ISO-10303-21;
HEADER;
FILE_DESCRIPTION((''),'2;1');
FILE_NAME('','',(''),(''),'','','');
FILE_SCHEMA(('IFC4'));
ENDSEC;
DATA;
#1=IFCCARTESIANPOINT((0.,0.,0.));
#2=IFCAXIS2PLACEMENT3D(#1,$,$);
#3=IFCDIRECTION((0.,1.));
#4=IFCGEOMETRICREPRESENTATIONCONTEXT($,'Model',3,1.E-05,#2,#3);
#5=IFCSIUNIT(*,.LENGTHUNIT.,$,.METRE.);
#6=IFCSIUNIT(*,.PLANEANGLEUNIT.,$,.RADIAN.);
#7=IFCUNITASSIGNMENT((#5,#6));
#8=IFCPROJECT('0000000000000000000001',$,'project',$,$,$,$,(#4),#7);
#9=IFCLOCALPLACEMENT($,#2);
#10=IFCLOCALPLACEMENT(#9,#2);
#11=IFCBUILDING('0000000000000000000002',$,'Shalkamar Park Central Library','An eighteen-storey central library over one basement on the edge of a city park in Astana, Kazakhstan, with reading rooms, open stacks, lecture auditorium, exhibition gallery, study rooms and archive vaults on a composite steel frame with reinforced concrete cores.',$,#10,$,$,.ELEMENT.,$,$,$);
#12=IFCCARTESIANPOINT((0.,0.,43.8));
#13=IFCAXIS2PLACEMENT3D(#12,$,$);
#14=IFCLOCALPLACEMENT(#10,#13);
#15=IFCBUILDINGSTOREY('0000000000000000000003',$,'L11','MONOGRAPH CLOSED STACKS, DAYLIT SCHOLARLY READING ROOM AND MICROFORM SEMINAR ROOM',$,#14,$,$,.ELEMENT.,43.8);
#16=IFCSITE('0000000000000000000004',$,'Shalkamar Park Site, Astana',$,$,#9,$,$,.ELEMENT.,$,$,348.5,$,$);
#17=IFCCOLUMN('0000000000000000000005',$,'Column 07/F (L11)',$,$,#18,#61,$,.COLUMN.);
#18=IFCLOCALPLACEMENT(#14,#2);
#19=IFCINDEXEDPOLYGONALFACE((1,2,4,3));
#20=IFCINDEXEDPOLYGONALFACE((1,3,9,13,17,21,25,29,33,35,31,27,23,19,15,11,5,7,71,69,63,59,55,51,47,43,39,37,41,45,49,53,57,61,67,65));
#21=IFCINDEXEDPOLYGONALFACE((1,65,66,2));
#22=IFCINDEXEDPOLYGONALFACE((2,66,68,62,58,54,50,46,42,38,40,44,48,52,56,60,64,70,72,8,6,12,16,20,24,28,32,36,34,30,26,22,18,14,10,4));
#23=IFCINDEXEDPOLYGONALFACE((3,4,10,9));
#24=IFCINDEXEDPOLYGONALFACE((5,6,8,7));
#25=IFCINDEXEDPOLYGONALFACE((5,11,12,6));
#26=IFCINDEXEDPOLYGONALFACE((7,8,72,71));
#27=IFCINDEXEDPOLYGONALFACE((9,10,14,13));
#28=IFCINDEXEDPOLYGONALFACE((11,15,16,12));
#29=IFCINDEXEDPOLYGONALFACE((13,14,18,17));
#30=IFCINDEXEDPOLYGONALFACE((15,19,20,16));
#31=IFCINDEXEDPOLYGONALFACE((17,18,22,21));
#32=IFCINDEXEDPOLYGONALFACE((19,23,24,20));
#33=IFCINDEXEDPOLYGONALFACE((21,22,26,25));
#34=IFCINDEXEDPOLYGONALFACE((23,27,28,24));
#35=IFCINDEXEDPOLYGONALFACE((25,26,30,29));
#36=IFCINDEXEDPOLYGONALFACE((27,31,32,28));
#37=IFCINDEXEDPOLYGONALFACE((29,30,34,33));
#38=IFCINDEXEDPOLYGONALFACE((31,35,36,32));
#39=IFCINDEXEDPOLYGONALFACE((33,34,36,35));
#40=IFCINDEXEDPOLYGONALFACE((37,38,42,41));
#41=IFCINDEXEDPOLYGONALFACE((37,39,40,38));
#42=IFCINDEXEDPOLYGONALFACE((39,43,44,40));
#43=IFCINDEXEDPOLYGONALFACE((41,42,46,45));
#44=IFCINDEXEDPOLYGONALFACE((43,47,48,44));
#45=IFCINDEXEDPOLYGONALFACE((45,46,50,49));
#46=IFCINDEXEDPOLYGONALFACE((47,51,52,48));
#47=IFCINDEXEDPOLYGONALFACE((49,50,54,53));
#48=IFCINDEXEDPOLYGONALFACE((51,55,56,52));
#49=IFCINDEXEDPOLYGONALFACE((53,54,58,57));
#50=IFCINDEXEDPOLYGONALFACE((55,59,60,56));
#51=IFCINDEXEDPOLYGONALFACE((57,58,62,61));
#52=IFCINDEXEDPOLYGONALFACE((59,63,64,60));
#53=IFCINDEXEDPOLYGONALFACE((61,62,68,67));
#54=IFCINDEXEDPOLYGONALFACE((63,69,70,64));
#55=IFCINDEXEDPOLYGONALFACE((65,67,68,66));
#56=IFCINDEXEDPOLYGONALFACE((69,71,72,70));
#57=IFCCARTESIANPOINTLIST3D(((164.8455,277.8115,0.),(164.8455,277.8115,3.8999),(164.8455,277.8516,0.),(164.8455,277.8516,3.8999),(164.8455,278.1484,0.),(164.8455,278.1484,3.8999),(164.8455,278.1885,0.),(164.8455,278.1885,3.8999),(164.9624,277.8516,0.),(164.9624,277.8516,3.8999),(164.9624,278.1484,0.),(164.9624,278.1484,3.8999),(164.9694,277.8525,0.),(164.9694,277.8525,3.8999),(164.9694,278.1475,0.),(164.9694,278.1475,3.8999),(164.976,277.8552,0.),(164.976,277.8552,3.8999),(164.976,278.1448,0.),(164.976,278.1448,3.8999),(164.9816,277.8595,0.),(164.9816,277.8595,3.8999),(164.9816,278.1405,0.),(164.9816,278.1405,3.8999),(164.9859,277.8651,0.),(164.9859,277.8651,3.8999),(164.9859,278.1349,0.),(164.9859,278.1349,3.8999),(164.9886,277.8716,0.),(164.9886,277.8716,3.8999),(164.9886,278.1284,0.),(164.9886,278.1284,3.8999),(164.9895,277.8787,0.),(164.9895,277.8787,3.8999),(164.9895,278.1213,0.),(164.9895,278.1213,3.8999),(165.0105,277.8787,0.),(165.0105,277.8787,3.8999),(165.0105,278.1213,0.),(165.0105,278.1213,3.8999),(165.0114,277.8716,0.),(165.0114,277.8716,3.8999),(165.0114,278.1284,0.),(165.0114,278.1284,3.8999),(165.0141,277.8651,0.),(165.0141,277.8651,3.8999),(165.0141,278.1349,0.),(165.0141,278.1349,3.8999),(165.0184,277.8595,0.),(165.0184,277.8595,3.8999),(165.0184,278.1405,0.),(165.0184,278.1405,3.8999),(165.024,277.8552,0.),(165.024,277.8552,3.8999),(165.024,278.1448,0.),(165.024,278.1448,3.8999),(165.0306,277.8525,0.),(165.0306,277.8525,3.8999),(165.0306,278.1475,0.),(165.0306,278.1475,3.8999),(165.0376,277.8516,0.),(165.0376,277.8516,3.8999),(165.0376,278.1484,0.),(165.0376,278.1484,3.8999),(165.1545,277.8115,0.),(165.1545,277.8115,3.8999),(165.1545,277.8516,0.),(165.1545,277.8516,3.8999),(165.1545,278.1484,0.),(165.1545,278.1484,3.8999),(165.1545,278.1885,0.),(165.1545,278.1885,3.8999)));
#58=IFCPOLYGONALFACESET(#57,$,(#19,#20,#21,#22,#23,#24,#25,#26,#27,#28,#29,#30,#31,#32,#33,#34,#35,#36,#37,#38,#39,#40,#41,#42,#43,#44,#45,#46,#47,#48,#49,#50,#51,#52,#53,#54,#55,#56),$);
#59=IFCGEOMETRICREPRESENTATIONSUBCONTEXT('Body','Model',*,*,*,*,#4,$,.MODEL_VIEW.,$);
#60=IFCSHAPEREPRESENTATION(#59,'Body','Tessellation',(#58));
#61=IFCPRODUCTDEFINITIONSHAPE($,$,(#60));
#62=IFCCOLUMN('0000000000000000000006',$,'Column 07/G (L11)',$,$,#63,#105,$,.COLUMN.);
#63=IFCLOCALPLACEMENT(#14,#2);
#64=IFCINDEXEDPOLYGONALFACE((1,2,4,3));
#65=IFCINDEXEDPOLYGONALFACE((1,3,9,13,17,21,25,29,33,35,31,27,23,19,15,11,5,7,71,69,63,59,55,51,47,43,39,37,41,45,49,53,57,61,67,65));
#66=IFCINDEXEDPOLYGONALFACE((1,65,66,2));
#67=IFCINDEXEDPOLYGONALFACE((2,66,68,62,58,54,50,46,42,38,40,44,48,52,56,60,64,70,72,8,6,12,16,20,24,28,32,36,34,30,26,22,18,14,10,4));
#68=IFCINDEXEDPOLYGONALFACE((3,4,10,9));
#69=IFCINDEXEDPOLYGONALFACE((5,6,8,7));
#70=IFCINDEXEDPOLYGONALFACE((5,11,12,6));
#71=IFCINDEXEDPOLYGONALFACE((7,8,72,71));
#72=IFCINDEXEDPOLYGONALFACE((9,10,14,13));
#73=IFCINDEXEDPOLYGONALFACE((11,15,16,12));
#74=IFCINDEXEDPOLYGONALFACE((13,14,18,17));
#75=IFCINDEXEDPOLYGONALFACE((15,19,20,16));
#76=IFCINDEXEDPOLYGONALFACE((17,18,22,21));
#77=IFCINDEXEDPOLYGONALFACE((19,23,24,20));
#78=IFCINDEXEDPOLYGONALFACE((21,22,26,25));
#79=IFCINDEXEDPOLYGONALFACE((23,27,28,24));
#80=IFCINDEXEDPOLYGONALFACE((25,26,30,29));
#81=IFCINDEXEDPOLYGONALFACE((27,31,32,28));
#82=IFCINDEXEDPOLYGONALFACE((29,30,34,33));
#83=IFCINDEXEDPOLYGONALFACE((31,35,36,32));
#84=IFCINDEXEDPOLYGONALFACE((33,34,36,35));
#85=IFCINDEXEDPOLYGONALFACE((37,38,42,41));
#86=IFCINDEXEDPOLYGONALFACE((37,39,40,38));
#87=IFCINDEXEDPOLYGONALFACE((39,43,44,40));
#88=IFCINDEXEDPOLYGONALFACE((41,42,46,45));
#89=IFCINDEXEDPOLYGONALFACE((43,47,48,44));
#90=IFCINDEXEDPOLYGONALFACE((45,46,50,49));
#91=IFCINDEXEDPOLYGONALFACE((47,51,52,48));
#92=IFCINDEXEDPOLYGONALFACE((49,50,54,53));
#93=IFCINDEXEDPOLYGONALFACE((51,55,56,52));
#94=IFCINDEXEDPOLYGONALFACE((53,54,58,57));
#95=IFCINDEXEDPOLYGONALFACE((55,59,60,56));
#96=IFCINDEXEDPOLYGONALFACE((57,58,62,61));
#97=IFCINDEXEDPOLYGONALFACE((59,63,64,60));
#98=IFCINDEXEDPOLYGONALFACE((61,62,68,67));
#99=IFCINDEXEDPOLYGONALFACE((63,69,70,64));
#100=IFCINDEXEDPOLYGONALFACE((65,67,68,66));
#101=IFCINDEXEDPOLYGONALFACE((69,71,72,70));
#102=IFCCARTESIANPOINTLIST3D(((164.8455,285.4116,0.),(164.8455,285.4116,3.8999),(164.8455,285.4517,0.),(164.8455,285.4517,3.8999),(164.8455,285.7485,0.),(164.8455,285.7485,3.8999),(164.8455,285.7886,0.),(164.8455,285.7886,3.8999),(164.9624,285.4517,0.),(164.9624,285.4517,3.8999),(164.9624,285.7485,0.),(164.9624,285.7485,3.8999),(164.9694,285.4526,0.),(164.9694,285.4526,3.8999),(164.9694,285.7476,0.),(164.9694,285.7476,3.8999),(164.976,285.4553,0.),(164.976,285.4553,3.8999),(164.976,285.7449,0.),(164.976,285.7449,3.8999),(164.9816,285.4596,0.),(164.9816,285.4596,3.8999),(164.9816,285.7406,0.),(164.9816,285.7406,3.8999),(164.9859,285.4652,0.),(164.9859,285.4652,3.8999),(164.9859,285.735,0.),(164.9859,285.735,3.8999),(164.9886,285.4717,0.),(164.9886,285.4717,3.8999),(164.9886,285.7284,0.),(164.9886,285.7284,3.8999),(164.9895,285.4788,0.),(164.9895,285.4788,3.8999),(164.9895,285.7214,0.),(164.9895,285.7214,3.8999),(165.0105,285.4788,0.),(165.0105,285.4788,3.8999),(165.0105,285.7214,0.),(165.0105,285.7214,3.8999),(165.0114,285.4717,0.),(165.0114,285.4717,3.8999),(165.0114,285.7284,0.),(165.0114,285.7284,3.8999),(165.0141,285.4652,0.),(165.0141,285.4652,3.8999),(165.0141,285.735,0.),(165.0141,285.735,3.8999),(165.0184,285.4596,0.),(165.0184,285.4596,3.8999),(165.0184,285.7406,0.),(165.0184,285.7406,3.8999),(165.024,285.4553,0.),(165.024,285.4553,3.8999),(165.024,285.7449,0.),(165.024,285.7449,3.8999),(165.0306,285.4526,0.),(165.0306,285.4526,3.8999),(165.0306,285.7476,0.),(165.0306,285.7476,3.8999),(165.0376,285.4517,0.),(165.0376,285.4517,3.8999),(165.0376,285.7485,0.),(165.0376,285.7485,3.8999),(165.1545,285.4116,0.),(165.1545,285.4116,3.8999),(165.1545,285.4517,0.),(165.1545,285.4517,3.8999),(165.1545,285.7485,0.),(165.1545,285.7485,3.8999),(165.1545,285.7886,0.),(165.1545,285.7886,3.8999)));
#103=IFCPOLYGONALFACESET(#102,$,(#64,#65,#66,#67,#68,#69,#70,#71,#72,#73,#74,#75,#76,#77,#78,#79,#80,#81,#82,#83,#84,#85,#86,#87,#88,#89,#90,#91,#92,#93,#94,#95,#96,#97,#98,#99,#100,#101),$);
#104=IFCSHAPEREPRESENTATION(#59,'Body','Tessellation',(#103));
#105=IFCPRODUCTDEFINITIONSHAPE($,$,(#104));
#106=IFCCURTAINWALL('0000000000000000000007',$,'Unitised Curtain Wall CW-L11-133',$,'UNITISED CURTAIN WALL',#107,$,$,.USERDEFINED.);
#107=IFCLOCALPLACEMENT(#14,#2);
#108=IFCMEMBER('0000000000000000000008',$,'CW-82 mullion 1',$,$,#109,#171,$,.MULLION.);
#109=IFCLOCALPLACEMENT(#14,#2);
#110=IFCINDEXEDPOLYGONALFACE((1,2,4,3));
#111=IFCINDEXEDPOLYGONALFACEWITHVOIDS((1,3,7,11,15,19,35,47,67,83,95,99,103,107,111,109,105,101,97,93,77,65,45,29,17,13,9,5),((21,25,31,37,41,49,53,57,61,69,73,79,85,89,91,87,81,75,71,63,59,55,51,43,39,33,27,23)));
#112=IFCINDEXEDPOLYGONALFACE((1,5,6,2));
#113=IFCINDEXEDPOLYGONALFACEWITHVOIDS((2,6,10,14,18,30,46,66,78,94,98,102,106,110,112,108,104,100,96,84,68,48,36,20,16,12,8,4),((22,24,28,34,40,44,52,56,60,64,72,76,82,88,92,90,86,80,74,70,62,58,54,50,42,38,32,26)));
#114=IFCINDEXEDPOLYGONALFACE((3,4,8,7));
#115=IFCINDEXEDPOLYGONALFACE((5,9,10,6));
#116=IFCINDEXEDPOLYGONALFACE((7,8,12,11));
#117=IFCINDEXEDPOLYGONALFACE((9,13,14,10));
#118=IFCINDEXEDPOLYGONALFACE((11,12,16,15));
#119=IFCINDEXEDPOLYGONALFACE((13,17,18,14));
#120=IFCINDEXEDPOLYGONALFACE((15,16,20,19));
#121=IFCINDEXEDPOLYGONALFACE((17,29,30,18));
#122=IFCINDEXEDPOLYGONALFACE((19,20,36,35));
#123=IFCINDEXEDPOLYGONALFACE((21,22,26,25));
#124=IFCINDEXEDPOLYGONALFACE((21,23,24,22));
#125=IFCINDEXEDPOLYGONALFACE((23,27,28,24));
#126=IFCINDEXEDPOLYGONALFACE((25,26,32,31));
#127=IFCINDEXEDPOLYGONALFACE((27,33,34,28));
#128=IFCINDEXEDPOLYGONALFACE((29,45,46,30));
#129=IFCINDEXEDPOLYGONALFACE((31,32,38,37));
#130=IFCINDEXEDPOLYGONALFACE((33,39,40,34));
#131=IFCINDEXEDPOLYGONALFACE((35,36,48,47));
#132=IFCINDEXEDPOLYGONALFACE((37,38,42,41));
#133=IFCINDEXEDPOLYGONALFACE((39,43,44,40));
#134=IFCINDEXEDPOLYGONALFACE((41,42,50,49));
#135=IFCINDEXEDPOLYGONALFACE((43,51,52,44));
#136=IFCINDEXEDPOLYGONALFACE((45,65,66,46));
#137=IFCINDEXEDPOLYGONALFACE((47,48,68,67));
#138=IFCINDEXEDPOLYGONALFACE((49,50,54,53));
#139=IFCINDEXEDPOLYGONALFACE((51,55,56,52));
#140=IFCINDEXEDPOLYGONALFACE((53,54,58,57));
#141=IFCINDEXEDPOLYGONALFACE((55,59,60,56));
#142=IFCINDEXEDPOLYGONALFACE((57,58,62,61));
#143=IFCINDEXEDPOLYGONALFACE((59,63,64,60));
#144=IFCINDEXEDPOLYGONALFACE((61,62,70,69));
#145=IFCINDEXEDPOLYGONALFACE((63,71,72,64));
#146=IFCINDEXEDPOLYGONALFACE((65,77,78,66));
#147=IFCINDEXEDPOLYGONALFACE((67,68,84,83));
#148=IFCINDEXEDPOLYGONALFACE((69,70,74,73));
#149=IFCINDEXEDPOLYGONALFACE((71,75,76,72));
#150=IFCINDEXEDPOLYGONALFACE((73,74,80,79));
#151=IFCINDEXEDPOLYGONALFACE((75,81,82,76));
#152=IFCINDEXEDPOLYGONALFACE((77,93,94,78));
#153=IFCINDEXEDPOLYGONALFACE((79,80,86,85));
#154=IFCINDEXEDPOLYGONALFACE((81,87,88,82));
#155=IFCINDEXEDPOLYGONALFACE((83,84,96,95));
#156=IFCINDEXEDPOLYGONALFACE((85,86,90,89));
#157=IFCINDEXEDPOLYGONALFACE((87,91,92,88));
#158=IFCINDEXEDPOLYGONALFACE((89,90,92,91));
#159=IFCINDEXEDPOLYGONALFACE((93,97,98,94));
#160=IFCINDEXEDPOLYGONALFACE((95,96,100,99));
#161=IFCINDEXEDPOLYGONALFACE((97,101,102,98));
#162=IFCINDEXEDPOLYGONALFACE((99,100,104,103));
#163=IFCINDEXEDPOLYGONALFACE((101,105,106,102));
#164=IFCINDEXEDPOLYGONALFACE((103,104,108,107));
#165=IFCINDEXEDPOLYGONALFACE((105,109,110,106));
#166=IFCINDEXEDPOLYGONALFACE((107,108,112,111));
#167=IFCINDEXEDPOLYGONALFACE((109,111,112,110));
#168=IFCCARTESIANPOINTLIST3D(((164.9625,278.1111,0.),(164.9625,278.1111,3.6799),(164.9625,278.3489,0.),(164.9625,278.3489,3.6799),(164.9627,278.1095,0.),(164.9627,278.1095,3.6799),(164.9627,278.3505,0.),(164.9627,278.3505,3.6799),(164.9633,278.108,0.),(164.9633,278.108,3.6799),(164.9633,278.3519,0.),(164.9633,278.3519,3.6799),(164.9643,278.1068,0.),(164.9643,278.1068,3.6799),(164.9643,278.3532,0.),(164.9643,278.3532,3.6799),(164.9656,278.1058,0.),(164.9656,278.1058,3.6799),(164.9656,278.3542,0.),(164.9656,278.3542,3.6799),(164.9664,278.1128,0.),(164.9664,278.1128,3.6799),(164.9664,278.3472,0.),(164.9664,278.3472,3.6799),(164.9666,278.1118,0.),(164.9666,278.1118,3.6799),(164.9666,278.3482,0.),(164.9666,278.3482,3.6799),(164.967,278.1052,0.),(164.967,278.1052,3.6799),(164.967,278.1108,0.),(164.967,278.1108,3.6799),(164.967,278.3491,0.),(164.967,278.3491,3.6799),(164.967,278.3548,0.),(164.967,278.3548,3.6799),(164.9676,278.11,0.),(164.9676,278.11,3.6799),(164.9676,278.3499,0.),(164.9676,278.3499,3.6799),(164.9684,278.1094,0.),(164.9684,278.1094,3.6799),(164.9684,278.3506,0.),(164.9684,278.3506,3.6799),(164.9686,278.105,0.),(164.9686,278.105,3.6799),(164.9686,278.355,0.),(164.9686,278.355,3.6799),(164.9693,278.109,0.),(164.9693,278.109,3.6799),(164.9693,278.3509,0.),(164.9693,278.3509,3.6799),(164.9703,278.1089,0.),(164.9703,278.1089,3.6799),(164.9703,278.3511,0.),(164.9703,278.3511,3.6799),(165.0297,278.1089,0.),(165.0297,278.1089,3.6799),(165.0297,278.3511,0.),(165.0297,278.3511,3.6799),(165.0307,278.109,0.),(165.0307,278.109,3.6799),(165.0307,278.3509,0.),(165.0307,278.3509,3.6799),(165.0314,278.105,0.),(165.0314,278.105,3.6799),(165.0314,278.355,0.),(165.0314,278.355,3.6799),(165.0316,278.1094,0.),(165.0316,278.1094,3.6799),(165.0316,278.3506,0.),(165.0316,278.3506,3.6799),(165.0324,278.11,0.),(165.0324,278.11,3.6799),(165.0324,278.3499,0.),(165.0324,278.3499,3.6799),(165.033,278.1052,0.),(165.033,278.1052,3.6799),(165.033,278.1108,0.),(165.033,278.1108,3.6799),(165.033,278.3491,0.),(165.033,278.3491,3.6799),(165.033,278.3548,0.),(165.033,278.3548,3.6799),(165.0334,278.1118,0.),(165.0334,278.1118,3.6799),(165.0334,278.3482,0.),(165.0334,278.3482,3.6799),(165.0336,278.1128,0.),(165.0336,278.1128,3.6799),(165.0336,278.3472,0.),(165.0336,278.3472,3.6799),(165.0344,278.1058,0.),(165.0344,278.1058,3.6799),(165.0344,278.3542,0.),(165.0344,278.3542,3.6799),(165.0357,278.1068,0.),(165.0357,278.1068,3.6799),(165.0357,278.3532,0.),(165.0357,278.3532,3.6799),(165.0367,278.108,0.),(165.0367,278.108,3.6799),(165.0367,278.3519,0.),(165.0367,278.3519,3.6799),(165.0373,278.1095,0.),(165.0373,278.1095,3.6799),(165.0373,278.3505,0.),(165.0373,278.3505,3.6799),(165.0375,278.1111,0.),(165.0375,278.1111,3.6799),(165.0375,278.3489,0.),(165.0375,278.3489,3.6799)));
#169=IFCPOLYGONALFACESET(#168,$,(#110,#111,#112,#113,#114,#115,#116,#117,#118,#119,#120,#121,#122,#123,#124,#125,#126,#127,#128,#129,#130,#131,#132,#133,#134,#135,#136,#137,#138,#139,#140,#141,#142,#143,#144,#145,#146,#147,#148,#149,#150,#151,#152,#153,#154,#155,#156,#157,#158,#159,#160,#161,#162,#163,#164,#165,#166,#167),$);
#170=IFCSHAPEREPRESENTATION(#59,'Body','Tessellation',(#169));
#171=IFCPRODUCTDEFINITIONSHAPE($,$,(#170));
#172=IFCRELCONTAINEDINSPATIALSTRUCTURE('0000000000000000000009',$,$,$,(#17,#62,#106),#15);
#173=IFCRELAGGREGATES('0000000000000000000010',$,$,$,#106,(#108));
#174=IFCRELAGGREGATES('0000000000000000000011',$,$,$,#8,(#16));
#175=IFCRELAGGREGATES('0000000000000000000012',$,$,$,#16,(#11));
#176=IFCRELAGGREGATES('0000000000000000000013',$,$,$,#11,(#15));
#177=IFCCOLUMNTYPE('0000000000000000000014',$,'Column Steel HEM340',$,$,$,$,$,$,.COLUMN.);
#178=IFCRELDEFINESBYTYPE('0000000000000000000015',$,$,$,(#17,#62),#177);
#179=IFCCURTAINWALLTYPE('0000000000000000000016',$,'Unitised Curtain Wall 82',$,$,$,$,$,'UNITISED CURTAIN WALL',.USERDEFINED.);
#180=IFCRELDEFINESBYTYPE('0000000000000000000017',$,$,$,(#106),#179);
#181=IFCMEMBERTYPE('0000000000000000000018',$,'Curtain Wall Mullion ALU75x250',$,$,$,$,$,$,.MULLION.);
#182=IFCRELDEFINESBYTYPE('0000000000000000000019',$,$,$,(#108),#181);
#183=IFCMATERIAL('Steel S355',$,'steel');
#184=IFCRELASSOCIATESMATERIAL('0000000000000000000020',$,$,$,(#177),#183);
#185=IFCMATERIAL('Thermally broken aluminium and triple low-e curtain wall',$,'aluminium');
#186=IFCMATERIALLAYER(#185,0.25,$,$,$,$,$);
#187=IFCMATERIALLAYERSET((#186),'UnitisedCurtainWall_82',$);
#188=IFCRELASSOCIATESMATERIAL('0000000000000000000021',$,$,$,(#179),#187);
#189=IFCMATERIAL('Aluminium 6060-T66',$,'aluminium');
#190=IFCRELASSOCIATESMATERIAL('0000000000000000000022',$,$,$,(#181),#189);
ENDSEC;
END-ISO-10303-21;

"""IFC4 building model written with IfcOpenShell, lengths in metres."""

from ifc_helpers import new_model, si_unit, direction, frame, origin, origin_2d, place, context, subcontext, project, spatial, hollow_rectangle, i_section, extrude, material, layer, layer_set, material_profile, profile_set, type_object, element, aggregate, save


model = new_model("IFC4")

# Units and contexts
model_context = context("Model", 3, precision=1e-05, world=origin(), true_north=direction((0.0, 1.0)))
body_context = subcontext(model_context, "Body", "Model", "MODEL_VIEW")
ifc_project = project(units=[si_unit("LENGTHUNIT", "METRE"), si_unit("PLANEANGLEUNIT", "RADIAN")], contexts=[model_context])

# Site, building, storey
site_placement = place(None, origin())
site = spatial("IfcSite", under=ifc_project, at=site_placement, Name="Shalkamar Park Site, Astana", CompositionType="ELEMENT", RefElevation=348.5)
building_placement = place(site_placement, origin())
building = spatial("IfcBuilding", under=site, at=building_placement, Name="Shalkamar Park Central Library", Description="An eighteen-storey central library over one basement on the edge of a city park in Astana, Kazakhstan, with reading rooms, open stacks, lecture auditorium, exhibition gallery, study rooms and archive vaults on a composite steel frame with reinforced concrete cores.", CompositionType="ELEMENT")
storey_placement = place(building_placement, frame((0.0, 0.0, 43.8)))
storey = spatial("IfcBuildingStorey", under=building, at=storey_placement, Name="L11", Description="MONOGRAPH CLOSED STACKS, DAYLIT SCHOLARLY READING ROOM AND MICROFORM SEMINAR ROOM", CompositionType="ELEMENT", Elevation=43.8)

# Columns
ifc_material_1 = material(Name="Steel S355", Category="steel")
ifc_material_profile_1 = material_profile(ifc_material_1, i_section(OverallWidth=0.3091, OverallDepth=0.377, WebThickness=0.021, FlangeThickness=0.04, FilletRadius=0.0271, at=origin_2d()), Name="HEM 340")
ifc_profile_set_1 = profile_set([ifc_material_profile_1], Name="Steel S355")
column_type = type_object("IfcColumnType", Name="Column Steel HEM340", PredefinedType="COLUMN", material=ifc_profile_set_1)
for number, where, z_axis, x_axis, name in (
    (1, (165.0, 278.0, 0.0), (0.0, 0.0, 1.0), (1.0, 0.0, 0.0), "Column 07/F (L11)"),
    (2, (165.0, 285.6001, 0.0), (0.0, 0.0, 1.0), (1.0, 0.0, 0.0), "Column 07/G (L11)"),
):
    element("IfcColumn", number, at=place(storey_placement, frame(where, z_axis=z_axis, x_axis=x_axis)), inside=storey, type_object=column_type, Name=name, PredefinedType="COLUMN", context=body_context, shape_type="SweptSolid", body=[
        extrude(i_section(OverallWidth=0.3091, OverallDepth=0.377, WebThickness=0.021, FlangeThickness=0.04, FilletRadius=0.0271, at=origin_2d()), origin(), (0.0, 0.0, 1.0), 3.8999),
    ])

# Curtain wall, member
ifc_material_2 = material(Name="Thermally broken aluminium and triple low-e curtain wall", Category="aluminium")
ifc_layer_1 = layer(ifc_material_2, 0.25)
ifc_layer_set_1 = layer_set([ifc_layer_1], Name="UnitisedCurtainWall_82")
curtain_wall_type_1 = type_object("IfcCurtainWallType", Name="Unitised Curtain Wall 82", ElementType="UNITISED CURTAIN WALL", PredefinedType="USERDEFINED", material=ifc_layer_set_1)
curtain_wall_1_placement = place(storey_placement, origin())
curtain_wall_1 = element("IfcCurtainWall", 3, at=curtain_wall_1_placement, inside=storey, type_object=curtain_wall_type_1, Name="Unitised Curtain Wall CW-L11-133", ObjectType="UNITISED CURTAIN WALL", PredefinedType="USERDEFINED")
ifc_material_3 = material(Name="Aluminium 6060-T66", Category="aluminium")
ifc_material_profile_2 = material_profile(ifc_material_3, hollow_rectangle(XDim=0.075, YDim=0.25, WallThickness=0.0039, InnerFilletRadius=0.0039, OuterFilletRadius=0.0061, at=origin_2d()), Name="ALU 75x250x4")
ifc_profile_set_2 = profile_set([ifc_material_profile_2], Name="Aluminium 6060-T66")
member_type_1 = type_object("IfcMemberType", Name="Curtain Wall Mullion ALU75x250", PredefinedType="MULLION", material=ifc_profile_set_2)
member_1_placement = place(storey_placement, frame((165.0, 278.23, 0.0), z_axis=(0.0, 0.0, 1.0), x_axis=(-1.0, 0.0, 0.0)))
member_1 = element("IfcMember", 4, at=member_1_placement, type_object=member_type_1, Name="CW-82 mullion 1", PredefinedType="MULLION", context=body_context, shape_type="SweptSolid", body=[
    extrude(hollow_rectangle(XDim=0.075, YDim=0.25, WallThickness=0.0039, InnerFilletRadius=0.0039, OuterFilletRadius=0.0061, at=origin_2d()), origin(), (0.0, 0.0, 1.0), 3.6799),
])

aggregate(curtain_wall_1, [member_1])

save(model, "model.ifc")
